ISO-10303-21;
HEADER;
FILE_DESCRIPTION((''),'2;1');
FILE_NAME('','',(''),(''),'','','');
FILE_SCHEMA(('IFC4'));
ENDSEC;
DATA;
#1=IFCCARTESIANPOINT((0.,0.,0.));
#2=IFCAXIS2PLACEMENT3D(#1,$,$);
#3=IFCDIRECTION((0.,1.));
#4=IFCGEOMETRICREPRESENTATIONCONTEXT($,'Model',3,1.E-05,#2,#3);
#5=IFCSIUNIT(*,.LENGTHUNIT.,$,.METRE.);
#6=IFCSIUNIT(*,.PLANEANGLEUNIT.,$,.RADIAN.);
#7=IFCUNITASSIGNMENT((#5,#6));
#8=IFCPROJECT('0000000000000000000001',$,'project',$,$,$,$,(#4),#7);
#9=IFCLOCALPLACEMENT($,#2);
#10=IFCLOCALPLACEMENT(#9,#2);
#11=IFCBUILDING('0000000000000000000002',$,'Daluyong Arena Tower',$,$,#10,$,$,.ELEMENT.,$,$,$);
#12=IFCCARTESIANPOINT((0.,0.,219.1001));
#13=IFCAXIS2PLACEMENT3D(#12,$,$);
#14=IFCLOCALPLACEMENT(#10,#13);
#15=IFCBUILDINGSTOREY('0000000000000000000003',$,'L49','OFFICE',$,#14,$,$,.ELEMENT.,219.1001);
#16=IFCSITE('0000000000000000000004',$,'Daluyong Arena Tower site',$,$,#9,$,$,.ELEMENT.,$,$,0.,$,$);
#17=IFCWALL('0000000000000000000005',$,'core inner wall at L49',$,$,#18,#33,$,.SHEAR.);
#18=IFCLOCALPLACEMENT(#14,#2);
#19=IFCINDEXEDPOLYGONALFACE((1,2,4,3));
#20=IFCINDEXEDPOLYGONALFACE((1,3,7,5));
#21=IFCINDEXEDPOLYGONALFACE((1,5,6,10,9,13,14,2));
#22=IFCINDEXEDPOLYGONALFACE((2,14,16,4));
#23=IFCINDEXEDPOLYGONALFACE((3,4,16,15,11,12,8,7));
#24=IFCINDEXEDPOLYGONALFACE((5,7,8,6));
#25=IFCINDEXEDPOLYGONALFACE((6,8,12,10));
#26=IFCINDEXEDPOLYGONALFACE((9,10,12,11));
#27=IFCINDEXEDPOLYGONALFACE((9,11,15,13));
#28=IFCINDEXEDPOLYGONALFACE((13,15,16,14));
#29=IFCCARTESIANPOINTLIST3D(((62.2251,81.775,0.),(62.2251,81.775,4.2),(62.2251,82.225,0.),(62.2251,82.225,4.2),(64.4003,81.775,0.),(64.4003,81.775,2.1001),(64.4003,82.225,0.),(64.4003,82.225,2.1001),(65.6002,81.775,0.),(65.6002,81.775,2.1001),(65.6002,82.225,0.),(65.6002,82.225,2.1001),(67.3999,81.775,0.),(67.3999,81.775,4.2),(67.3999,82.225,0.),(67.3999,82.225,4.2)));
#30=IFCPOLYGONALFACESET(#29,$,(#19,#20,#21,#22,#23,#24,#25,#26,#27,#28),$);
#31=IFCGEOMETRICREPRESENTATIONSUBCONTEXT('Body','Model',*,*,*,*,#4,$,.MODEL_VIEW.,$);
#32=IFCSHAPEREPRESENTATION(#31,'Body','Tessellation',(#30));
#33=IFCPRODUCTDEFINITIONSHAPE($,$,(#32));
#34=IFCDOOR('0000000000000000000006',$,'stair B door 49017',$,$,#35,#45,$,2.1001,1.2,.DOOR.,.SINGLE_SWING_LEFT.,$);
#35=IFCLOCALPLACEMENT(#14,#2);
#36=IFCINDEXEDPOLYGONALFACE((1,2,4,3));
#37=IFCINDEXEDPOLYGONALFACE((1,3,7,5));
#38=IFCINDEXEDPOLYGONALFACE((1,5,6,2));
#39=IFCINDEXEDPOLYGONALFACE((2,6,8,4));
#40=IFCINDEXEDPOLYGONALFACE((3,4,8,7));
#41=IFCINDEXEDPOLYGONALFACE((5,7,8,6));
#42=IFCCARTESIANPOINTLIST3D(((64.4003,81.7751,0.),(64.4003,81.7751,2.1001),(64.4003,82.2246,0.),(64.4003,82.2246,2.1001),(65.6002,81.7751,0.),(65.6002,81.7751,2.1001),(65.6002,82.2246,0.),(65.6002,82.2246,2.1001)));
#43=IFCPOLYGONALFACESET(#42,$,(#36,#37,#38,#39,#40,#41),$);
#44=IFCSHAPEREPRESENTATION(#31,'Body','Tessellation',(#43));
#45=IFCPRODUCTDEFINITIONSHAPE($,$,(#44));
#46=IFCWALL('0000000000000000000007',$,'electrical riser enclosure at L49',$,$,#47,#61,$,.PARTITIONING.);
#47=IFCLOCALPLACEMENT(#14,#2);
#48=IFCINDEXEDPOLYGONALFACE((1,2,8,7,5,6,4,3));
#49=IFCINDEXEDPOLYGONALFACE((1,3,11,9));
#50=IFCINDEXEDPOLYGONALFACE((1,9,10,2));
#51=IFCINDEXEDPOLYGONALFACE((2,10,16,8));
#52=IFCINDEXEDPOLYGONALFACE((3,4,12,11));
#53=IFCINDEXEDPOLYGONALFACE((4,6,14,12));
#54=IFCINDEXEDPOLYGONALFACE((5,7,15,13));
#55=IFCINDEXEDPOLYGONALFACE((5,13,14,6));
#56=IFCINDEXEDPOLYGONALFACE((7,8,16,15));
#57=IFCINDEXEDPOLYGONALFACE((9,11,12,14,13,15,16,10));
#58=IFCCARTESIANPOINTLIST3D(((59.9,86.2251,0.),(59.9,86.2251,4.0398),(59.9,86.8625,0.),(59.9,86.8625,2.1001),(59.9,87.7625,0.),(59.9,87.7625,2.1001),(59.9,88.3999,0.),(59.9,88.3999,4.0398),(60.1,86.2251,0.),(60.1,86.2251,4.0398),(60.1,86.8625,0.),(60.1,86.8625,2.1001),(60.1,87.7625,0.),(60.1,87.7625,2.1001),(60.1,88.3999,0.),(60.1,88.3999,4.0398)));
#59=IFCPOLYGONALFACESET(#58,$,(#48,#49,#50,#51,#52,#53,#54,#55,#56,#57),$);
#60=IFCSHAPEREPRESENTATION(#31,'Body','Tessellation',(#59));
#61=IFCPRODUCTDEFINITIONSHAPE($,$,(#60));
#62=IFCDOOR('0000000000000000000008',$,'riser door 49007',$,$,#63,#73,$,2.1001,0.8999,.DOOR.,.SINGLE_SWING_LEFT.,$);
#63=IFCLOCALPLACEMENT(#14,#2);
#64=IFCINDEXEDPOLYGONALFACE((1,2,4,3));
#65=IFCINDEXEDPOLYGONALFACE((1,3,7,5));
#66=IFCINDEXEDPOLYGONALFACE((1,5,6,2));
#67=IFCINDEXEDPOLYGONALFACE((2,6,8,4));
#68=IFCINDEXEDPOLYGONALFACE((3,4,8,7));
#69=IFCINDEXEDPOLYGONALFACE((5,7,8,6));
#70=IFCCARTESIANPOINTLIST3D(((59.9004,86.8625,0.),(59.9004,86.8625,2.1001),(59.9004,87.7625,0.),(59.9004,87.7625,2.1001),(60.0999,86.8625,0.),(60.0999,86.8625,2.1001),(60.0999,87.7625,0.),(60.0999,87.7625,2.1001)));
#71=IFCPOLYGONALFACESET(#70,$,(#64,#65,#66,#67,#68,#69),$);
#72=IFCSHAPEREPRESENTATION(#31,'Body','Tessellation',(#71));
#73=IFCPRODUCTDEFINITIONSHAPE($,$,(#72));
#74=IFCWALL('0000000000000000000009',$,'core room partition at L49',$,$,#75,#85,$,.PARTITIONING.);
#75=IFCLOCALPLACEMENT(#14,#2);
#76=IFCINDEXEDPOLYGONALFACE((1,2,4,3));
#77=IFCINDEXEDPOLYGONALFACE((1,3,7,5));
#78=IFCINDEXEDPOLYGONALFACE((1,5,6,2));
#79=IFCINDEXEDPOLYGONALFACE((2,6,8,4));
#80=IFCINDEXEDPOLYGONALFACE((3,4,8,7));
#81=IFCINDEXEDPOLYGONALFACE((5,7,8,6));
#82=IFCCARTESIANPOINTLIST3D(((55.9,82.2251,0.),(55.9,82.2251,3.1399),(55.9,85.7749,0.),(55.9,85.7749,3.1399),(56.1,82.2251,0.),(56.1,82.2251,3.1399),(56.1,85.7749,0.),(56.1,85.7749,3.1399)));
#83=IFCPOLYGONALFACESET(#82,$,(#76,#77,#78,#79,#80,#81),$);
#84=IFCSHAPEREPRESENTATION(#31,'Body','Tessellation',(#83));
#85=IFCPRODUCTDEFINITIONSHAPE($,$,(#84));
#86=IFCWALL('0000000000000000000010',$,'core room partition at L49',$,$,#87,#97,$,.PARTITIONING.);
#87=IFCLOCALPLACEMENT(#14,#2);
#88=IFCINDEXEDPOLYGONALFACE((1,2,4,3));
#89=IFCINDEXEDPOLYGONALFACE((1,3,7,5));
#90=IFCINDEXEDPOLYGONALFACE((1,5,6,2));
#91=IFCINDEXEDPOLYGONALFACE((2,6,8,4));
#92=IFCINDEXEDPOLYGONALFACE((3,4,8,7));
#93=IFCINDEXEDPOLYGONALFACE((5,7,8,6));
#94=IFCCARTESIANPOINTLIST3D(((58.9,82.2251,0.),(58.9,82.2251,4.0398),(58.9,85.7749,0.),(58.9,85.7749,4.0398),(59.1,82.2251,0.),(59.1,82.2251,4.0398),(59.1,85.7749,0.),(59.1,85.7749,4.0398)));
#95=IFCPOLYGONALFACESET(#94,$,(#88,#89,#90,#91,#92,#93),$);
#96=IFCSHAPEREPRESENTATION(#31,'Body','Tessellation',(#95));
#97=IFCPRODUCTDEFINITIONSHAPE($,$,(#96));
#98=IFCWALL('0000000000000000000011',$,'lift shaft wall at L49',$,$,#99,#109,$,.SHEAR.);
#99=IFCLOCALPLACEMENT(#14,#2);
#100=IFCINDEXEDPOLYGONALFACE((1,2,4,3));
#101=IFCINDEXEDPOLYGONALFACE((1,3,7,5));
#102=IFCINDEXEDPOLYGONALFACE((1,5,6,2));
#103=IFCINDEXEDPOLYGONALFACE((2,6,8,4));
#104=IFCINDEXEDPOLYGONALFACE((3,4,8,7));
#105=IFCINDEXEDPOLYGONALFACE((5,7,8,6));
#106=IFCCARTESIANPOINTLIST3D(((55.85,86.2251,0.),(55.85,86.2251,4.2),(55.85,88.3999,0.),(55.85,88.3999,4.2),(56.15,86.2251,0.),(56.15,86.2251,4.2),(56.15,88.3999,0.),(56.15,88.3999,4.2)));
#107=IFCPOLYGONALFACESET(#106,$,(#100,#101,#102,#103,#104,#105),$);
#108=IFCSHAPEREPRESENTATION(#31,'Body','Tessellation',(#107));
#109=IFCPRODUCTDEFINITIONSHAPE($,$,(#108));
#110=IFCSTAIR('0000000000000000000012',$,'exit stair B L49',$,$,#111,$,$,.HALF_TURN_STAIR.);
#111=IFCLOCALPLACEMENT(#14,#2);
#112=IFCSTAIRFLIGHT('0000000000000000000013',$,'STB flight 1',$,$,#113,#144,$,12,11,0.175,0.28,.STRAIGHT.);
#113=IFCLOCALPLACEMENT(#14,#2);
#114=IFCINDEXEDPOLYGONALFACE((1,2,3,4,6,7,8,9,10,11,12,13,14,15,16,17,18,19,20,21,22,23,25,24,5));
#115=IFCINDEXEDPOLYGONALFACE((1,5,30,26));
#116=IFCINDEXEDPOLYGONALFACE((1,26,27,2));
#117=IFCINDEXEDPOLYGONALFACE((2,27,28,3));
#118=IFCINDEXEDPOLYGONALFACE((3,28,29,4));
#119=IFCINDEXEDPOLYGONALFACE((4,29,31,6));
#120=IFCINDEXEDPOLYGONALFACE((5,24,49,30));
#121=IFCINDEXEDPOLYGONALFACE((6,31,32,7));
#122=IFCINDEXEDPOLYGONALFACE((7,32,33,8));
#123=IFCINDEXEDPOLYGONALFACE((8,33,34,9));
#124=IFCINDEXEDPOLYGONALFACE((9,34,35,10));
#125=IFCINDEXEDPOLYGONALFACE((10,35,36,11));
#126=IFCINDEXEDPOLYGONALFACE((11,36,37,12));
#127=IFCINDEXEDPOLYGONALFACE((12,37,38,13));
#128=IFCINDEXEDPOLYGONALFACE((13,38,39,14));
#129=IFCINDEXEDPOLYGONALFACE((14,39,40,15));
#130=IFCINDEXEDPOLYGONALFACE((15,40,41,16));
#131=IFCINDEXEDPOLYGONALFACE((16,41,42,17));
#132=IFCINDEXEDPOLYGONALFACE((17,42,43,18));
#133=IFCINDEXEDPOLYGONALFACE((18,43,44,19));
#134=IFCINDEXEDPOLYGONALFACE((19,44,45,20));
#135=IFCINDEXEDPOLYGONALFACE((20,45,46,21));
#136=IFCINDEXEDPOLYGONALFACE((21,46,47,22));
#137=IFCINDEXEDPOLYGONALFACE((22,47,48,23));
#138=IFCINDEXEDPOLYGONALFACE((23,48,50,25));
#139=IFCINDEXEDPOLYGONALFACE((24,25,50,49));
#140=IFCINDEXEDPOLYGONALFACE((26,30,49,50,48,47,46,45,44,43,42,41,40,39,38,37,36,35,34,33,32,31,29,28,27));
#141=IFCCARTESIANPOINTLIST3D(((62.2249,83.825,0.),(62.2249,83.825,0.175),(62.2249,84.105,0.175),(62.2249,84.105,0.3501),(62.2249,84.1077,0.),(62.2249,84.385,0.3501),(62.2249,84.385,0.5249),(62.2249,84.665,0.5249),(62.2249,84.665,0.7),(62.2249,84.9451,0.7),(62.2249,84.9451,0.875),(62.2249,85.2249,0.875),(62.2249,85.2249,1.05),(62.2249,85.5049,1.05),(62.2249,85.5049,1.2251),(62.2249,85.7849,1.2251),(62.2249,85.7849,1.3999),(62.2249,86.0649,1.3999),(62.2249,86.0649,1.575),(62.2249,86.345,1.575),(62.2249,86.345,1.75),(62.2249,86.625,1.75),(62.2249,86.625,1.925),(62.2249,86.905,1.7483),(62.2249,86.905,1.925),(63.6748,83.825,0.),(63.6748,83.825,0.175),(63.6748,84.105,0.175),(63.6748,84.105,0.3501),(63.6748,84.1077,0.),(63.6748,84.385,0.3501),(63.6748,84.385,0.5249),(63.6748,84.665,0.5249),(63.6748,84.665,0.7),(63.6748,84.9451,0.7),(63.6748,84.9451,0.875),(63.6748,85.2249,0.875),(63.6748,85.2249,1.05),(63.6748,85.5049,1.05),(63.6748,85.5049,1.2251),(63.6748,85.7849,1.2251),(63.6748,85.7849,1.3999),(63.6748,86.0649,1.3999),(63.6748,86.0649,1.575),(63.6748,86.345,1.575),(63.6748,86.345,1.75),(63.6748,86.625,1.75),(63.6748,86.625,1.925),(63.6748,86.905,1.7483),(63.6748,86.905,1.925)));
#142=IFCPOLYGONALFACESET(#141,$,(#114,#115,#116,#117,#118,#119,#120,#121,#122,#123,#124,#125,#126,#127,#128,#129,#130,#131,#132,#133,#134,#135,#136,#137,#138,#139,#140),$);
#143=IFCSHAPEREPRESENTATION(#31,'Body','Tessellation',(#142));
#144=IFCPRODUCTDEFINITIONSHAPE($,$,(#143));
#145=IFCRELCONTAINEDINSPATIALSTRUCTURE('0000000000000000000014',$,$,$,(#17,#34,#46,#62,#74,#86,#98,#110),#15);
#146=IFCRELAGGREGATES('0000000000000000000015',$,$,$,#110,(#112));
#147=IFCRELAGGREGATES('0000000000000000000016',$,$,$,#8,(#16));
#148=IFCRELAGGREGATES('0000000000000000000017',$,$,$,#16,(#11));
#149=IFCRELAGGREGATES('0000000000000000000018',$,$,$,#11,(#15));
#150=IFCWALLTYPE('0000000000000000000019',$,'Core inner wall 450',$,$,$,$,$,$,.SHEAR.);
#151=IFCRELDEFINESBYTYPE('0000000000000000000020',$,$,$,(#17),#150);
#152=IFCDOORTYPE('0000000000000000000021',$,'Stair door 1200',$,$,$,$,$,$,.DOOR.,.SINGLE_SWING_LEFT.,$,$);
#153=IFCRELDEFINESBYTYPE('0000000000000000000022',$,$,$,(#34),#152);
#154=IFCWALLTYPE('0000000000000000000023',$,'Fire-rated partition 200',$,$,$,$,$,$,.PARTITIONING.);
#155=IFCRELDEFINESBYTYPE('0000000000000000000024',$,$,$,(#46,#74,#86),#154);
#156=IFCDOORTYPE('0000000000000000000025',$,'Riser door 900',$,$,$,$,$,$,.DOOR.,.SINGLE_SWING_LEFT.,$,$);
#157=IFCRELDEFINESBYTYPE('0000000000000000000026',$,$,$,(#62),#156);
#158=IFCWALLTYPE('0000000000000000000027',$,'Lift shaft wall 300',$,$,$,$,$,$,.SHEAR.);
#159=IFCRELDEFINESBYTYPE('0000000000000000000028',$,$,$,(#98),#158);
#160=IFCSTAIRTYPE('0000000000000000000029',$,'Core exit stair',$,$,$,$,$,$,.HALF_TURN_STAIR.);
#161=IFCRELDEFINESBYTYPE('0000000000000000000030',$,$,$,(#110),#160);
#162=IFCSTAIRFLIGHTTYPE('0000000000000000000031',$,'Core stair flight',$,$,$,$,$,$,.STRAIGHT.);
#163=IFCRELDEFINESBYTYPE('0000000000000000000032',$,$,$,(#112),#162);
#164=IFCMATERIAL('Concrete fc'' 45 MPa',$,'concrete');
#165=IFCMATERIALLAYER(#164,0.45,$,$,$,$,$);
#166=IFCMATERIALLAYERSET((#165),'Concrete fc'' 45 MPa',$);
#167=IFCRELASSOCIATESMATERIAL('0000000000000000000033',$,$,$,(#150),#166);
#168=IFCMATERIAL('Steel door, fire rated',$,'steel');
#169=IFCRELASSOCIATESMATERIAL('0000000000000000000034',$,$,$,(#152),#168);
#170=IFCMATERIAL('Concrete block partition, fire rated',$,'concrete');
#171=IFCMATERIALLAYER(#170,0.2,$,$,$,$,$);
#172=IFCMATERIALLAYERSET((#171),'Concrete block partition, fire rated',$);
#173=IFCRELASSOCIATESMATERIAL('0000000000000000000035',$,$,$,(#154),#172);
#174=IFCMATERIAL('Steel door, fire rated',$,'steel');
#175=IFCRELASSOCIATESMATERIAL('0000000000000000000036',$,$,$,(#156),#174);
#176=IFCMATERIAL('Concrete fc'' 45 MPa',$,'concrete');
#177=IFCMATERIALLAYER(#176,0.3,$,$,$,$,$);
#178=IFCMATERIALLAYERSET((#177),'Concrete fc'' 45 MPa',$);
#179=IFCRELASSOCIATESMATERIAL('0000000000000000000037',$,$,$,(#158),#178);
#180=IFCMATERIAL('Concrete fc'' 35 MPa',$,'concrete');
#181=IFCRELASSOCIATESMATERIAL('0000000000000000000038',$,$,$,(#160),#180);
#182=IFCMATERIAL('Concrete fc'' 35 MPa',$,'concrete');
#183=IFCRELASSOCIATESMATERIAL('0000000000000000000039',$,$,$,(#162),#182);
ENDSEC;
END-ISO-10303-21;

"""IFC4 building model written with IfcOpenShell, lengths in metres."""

from ifc_helpers import new_model, si_unit, direction, frame, frame_2d, origin, place, context, subcontext, project, spatial, polyline, rectangle, outline, extrude, material, layer, layer_set, type_object, element, fill, aggregate, save


model = new_model("IFC4")

# Units and contexts
model_context = context("Model", 3, precision=1e-05, world=origin(), true_north=direction((0.0, 1.0)))
body_context = subcontext(model_context, "Body", "Model", "MODEL_VIEW")
ifc_project = project(units=[si_unit("LENGTHUNIT", "METRE"), si_unit("PLANEANGLEUNIT", "RADIAN")], contexts=[model_context])

# Site, building, storey
site_placement = place(None, origin())
site = spatial("IfcSite", under=ifc_project, at=site_placement, Name="Daluyong Arena Tower site", CompositionType="ELEMENT", RefElevation=0.0)
building_placement = place(site_placement, origin())
building = spatial("IfcBuilding", under=site, at=building_placement, Name="Daluyong Arena Tower", CompositionType="ELEMENT")
storey_placement = place(building_placement, frame((0.0, 0.0, 219.1001)))
storey = spatial("IfcBuildingStorey", under=building, at=storey_placement, Name="L49", Description="OFFICE", CompositionType="ELEMENT", Elevation=219.1001)

# Walls, openings, doors
ifc_material_1 = material(Name="Concrete fc' 45 MPa", Category="concrete")
ifc_layer_1 = layer(ifc_material_1, 0.45)
ifc_layer_set_1 = layer_set([ifc_layer_1], Name="Concrete fc' 45 MPa")
wall_type_1 = type_object("IfcWallType", Name="Core inner wall 450", PredefinedType="SHEAR", material=ifc_layer_set_1)
wall_1_placement = place(storey_placement, frame((62.2251, 82.0, 0.0), z_axis=(0.0, 0.0, 1.0), x_axis=(1.0, 0.0, 0.0)))
wall_1 = element("IfcWall", 1, at=wall_1_placement, inside=storey, type_object=wall_type_1, Name="core inner wall at L49", PredefinedType="SHEAR", context=body_context, shape_type="SweptSolid", body=[
    extrude(rectangle(XDim=5.1748, YDim=0.45, at=frame_2d((2.5874, 0.0))), origin(), (0.0, 0.0, 1.0), 4.2),
])
opening_1_placement = place(wall_1_placement, frame((2.175, 0.0, 0.0)))
opening_1 = element("IfcOpeningElement", 2, at=opening_1_placement, cuts=wall_1, PredefinedType="OPENING", context=body_context, shape_type="SweptSolid", body=[
    extrude(rectangle(XDim=1.2, YDim=2.1001, at=frame_2d((0.6001, 1.05))), frame((0.0, 0.2349, 0.0), z_axis=(0.0, -1.0, 0.0), x_axis=(1.0, 0.0, 0.0)), (0.0, 0.0, 1.0), 0.47),
])
ifc_material_2 = material(Name="Steel door, fire rated", Category="steel")
door_type_1 = type_object("IfcDoorType", Name="Stair door 1200", OperationType="SINGLE_SWING_LEFT", PredefinedType="DOOR", material=ifc_material_2)
door_1_placement = place(opening_1_placement, origin())
door_1 = element("IfcDoor", 3, at=door_1_placement, inside=storey, type_object=door_type_1, Name="stair B door 49017", OperationType="SINGLE_SWING_LEFT", OverallHeight=2.1001, OverallWidth=1.2, PredefinedType="DOOR", context=body_context, shape_type="SweptSolid", body=[
    extrude(rectangle(XDim=1.2, YDim=2.1001, at=frame_2d((0.6001, 1.05))), frame((0.0, 0.2246, 0.0), z_axis=(0.0, -1.0, 0.0), x_axis=(1.0, 0.0, 0.0)), (0.0, 0.0, 1.0), 0.4495),
])
fill(opening_1, door_1)
ifc_material_3 = material(Name="Concrete block partition, fire rated", Category="concrete")
ifc_layer_2 = layer(ifc_material_3, 0.2)
ifc_layer_set_2 = layer_set([ifc_layer_2], Name="Concrete block partition, fire rated")
wall_type_2 = type_object("IfcWallType", Name="Fire-rated partition 200", PredefinedType="PARTITIONING", material=ifc_layer_set_2)
wall_2_placement = place(storey_placement, frame((60.0, 86.2251, 0.0), z_axis=(0.0, 0.0, 1.0), x_axis=(0.0, 1.0, 0.0)))
wall_2 = element("IfcWall", 4, at=wall_2_placement, inside=storey, type_object=wall_type_2, Name="electrical riser enclosure at L49", PredefinedType="PARTITIONING", context=body_context, shape_type="SweptSolid", body=[
    extrude(rectangle(XDim=2.1748, YDim=0.2, at=frame_2d((1.0874, 0.0))), origin(), (0.0, 0.0, 1.0), 4.0398),
])
opening_2_placement = place(wall_2_placement, frame((0.6375, 0.0, 0.0)))
opening_2 = element("IfcOpeningElement", 5, at=opening_2_placement, cuts=wall_2, PredefinedType="OPENING", context=body_context, shape_type="SweptSolid", body=[
    extrude(rectangle(XDim=0.8999, YDim=2.1001, at=frame_2d((0.45, 1.05))), frame((0.0, 0.1099, 0.0), z_axis=(0.0, -1.0, 0.0), x_axis=(1.0, 0.0, 0.0)), (0.0, 0.0, 1.0), 0.22),
])
ifc_material_4 = material(Name="Steel door, fire rated", Category="steel")
door_type_2 = type_object("IfcDoorType", Name="Riser door 900", OperationType="SINGLE_SWING_LEFT", PredefinedType="DOOR", material=ifc_material_4)
door_2_placement = place(opening_2_placement, origin())
door_2 = element("IfcDoor", 6, at=door_2_placement, inside=storey, type_object=door_type_2, Name="riser door 49007", OperationType="SINGLE_SWING_LEFT", OverallHeight=2.1001, OverallWidth=0.8999, PredefinedType="DOOR", context=body_context, shape_type="SweptSolid", body=[
    extrude(rectangle(XDim=0.8999, YDim=2.1001, at=frame_2d((0.45, 1.05))), frame((0.0, 0.0996, 0.0), z_axis=(0.0, -1.0, 0.0), x_axis=(1.0, 0.0, 0.0)), (0.0, 0.0, 1.0), 0.1995),
])
fill(opening_2, door_2)

# Walls
wall_3_placement = place(storey_placement, frame((56.0, 82.2251, 0.0), z_axis=(0.0, 0.0, 1.0), x_axis=(0.0, 1.0, 0.0)))
element("IfcWall", 7, at=wall_3_placement, inside=storey, type_object=wall_type_2, Name="core room partition at L49", PredefinedType="PARTITIONING", context=body_context, shape_type="SweptSolid", body=[
    extrude(rectangle(XDim=3.5498, YDim=0.2, at=frame_2d((1.7749, 0.0))), origin(), (0.0, 0.0, 1.0), 3.1399),
])
wall_4_placement = place(storey_placement, frame((59.0, 82.2251, 0.0), z_axis=(0.0, 0.0, 1.0), x_axis=(0.0, 1.0, 0.0)))
element("IfcWall", 8, at=wall_4_placement, inside=storey, type_object=wall_type_2, Name="core room partition at L49", PredefinedType="PARTITIONING", context=body_context, shape_type="SweptSolid", body=[
    extrude(rectangle(XDim=3.5498, YDim=0.2, at=frame_2d((1.7749, 0.0))), origin(), (0.0, 0.0, 1.0), 4.0398),
])
ifc_material_5 = material(Name="Concrete fc' 45 MPa", Category="concrete")
ifc_layer_3 = layer(ifc_material_5, 0.3)
ifc_layer_set_3 = layer_set([ifc_layer_3], Name="Concrete fc' 45 MPa")
wall_type_3 = type_object("IfcWallType", Name="Lift shaft wall 300", PredefinedType="SHEAR", material=ifc_layer_set_3)
wall_5_placement = place(storey_placement, frame((56.0, 86.2251, 0.0), z_axis=(0.0, 0.0, 1.0), x_axis=(0.0, 1.0, 0.0)))
element("IfcWall", 9, at=wall_5_placement, inside=storey, type_object=wall_type_3, Name="lift shaft wall at L49", PredefinedType="SHEAR", context=body_context, shape_type="SweptSolid", body=[
    extrude(rectangle(XDim=2.1748, YDim=0.3, at=frame_2d((1.0874, 0.0))), origin(), (0.0, 0.0, 1.0), 4.2),
])

# Stair, stair flight
ifc_material_6 = material(Name="Concrete fc' 35 MPa", Category="concrete")
stair_type = type_object("IfcStairType", Name="Core exit stair", PredefinedType="HALF_TURN_STAIR", material=ifc_material_6)
stair_placement = place(storey_placement, origin())
stair = element("IfcStair", 10, at=stair_placement, inside=storey, type_object=stair_type, Name="exit stair B L49", PredefinedType="HALF_TURN_STAIR")
ifc_material_7 = material(Name="Concrete fc' 35 MPa", Category="concrete")
stair_flight_type = type_object("IfcStairFlightType", Name="Core stair flight", PredefinedType="STRAIGHT", material=ifc_material_7)
stair_flight_placement = place(storey_placement, frame((62.95, 83.825, 0.0), z_axis=(0.0, 0.0, 1.0), x_axis=(0.0, 1.0, 0.0)))
stair_flight = element("IfcStairFlight", 11, at=stair_flight_placement, type_object=stair_flight_type, Name="STB flight 1", NumberOfRisers=12, NumberOfTreads=11, PredefinedType="STRAIGHT", RiserHeight=0.175, TreadLength=0.28, context=body_context, shape_type="SweptSolid", body=[
    extrude(outline(polyline([(0.0, 0.0), (0.0, 0.175), (0.28, 0.175), (0.28, 0.3501), (0.5601, 0.3501), (0.5601, 0.5249), (0.8401, 0.5249), (0.8401, 0.7), (1.1201, 0.7), (1.1201, 0.875), (1.3999, 0.875), (1.3999, 1.05), (1.6799, 1.05), (1.6799, 1.2251), (1.96, 1.2251), (1.96, 1.3999), (2.24, 1.3999), (2.24, 1.575), (2.52, 1.575), (2.52, 1.75), (2.8, 1.75), (2.8, 1.925), (3.0801, 1.925), (3.0801, 2.1001), (3.0801, 1.7483), (0.2827, 0.0), (0.0, 0.0)])), frame((0.0, 0.7251, 0.0), z_axis=(0.0, -1.0, 0.0), x_axis=(1.0, 0.0, 0.0)), (0.0, 0.0, 1.0), 1.45),
])
aggregate(stair, [stair_flight])

save(model, "model.ifc")
